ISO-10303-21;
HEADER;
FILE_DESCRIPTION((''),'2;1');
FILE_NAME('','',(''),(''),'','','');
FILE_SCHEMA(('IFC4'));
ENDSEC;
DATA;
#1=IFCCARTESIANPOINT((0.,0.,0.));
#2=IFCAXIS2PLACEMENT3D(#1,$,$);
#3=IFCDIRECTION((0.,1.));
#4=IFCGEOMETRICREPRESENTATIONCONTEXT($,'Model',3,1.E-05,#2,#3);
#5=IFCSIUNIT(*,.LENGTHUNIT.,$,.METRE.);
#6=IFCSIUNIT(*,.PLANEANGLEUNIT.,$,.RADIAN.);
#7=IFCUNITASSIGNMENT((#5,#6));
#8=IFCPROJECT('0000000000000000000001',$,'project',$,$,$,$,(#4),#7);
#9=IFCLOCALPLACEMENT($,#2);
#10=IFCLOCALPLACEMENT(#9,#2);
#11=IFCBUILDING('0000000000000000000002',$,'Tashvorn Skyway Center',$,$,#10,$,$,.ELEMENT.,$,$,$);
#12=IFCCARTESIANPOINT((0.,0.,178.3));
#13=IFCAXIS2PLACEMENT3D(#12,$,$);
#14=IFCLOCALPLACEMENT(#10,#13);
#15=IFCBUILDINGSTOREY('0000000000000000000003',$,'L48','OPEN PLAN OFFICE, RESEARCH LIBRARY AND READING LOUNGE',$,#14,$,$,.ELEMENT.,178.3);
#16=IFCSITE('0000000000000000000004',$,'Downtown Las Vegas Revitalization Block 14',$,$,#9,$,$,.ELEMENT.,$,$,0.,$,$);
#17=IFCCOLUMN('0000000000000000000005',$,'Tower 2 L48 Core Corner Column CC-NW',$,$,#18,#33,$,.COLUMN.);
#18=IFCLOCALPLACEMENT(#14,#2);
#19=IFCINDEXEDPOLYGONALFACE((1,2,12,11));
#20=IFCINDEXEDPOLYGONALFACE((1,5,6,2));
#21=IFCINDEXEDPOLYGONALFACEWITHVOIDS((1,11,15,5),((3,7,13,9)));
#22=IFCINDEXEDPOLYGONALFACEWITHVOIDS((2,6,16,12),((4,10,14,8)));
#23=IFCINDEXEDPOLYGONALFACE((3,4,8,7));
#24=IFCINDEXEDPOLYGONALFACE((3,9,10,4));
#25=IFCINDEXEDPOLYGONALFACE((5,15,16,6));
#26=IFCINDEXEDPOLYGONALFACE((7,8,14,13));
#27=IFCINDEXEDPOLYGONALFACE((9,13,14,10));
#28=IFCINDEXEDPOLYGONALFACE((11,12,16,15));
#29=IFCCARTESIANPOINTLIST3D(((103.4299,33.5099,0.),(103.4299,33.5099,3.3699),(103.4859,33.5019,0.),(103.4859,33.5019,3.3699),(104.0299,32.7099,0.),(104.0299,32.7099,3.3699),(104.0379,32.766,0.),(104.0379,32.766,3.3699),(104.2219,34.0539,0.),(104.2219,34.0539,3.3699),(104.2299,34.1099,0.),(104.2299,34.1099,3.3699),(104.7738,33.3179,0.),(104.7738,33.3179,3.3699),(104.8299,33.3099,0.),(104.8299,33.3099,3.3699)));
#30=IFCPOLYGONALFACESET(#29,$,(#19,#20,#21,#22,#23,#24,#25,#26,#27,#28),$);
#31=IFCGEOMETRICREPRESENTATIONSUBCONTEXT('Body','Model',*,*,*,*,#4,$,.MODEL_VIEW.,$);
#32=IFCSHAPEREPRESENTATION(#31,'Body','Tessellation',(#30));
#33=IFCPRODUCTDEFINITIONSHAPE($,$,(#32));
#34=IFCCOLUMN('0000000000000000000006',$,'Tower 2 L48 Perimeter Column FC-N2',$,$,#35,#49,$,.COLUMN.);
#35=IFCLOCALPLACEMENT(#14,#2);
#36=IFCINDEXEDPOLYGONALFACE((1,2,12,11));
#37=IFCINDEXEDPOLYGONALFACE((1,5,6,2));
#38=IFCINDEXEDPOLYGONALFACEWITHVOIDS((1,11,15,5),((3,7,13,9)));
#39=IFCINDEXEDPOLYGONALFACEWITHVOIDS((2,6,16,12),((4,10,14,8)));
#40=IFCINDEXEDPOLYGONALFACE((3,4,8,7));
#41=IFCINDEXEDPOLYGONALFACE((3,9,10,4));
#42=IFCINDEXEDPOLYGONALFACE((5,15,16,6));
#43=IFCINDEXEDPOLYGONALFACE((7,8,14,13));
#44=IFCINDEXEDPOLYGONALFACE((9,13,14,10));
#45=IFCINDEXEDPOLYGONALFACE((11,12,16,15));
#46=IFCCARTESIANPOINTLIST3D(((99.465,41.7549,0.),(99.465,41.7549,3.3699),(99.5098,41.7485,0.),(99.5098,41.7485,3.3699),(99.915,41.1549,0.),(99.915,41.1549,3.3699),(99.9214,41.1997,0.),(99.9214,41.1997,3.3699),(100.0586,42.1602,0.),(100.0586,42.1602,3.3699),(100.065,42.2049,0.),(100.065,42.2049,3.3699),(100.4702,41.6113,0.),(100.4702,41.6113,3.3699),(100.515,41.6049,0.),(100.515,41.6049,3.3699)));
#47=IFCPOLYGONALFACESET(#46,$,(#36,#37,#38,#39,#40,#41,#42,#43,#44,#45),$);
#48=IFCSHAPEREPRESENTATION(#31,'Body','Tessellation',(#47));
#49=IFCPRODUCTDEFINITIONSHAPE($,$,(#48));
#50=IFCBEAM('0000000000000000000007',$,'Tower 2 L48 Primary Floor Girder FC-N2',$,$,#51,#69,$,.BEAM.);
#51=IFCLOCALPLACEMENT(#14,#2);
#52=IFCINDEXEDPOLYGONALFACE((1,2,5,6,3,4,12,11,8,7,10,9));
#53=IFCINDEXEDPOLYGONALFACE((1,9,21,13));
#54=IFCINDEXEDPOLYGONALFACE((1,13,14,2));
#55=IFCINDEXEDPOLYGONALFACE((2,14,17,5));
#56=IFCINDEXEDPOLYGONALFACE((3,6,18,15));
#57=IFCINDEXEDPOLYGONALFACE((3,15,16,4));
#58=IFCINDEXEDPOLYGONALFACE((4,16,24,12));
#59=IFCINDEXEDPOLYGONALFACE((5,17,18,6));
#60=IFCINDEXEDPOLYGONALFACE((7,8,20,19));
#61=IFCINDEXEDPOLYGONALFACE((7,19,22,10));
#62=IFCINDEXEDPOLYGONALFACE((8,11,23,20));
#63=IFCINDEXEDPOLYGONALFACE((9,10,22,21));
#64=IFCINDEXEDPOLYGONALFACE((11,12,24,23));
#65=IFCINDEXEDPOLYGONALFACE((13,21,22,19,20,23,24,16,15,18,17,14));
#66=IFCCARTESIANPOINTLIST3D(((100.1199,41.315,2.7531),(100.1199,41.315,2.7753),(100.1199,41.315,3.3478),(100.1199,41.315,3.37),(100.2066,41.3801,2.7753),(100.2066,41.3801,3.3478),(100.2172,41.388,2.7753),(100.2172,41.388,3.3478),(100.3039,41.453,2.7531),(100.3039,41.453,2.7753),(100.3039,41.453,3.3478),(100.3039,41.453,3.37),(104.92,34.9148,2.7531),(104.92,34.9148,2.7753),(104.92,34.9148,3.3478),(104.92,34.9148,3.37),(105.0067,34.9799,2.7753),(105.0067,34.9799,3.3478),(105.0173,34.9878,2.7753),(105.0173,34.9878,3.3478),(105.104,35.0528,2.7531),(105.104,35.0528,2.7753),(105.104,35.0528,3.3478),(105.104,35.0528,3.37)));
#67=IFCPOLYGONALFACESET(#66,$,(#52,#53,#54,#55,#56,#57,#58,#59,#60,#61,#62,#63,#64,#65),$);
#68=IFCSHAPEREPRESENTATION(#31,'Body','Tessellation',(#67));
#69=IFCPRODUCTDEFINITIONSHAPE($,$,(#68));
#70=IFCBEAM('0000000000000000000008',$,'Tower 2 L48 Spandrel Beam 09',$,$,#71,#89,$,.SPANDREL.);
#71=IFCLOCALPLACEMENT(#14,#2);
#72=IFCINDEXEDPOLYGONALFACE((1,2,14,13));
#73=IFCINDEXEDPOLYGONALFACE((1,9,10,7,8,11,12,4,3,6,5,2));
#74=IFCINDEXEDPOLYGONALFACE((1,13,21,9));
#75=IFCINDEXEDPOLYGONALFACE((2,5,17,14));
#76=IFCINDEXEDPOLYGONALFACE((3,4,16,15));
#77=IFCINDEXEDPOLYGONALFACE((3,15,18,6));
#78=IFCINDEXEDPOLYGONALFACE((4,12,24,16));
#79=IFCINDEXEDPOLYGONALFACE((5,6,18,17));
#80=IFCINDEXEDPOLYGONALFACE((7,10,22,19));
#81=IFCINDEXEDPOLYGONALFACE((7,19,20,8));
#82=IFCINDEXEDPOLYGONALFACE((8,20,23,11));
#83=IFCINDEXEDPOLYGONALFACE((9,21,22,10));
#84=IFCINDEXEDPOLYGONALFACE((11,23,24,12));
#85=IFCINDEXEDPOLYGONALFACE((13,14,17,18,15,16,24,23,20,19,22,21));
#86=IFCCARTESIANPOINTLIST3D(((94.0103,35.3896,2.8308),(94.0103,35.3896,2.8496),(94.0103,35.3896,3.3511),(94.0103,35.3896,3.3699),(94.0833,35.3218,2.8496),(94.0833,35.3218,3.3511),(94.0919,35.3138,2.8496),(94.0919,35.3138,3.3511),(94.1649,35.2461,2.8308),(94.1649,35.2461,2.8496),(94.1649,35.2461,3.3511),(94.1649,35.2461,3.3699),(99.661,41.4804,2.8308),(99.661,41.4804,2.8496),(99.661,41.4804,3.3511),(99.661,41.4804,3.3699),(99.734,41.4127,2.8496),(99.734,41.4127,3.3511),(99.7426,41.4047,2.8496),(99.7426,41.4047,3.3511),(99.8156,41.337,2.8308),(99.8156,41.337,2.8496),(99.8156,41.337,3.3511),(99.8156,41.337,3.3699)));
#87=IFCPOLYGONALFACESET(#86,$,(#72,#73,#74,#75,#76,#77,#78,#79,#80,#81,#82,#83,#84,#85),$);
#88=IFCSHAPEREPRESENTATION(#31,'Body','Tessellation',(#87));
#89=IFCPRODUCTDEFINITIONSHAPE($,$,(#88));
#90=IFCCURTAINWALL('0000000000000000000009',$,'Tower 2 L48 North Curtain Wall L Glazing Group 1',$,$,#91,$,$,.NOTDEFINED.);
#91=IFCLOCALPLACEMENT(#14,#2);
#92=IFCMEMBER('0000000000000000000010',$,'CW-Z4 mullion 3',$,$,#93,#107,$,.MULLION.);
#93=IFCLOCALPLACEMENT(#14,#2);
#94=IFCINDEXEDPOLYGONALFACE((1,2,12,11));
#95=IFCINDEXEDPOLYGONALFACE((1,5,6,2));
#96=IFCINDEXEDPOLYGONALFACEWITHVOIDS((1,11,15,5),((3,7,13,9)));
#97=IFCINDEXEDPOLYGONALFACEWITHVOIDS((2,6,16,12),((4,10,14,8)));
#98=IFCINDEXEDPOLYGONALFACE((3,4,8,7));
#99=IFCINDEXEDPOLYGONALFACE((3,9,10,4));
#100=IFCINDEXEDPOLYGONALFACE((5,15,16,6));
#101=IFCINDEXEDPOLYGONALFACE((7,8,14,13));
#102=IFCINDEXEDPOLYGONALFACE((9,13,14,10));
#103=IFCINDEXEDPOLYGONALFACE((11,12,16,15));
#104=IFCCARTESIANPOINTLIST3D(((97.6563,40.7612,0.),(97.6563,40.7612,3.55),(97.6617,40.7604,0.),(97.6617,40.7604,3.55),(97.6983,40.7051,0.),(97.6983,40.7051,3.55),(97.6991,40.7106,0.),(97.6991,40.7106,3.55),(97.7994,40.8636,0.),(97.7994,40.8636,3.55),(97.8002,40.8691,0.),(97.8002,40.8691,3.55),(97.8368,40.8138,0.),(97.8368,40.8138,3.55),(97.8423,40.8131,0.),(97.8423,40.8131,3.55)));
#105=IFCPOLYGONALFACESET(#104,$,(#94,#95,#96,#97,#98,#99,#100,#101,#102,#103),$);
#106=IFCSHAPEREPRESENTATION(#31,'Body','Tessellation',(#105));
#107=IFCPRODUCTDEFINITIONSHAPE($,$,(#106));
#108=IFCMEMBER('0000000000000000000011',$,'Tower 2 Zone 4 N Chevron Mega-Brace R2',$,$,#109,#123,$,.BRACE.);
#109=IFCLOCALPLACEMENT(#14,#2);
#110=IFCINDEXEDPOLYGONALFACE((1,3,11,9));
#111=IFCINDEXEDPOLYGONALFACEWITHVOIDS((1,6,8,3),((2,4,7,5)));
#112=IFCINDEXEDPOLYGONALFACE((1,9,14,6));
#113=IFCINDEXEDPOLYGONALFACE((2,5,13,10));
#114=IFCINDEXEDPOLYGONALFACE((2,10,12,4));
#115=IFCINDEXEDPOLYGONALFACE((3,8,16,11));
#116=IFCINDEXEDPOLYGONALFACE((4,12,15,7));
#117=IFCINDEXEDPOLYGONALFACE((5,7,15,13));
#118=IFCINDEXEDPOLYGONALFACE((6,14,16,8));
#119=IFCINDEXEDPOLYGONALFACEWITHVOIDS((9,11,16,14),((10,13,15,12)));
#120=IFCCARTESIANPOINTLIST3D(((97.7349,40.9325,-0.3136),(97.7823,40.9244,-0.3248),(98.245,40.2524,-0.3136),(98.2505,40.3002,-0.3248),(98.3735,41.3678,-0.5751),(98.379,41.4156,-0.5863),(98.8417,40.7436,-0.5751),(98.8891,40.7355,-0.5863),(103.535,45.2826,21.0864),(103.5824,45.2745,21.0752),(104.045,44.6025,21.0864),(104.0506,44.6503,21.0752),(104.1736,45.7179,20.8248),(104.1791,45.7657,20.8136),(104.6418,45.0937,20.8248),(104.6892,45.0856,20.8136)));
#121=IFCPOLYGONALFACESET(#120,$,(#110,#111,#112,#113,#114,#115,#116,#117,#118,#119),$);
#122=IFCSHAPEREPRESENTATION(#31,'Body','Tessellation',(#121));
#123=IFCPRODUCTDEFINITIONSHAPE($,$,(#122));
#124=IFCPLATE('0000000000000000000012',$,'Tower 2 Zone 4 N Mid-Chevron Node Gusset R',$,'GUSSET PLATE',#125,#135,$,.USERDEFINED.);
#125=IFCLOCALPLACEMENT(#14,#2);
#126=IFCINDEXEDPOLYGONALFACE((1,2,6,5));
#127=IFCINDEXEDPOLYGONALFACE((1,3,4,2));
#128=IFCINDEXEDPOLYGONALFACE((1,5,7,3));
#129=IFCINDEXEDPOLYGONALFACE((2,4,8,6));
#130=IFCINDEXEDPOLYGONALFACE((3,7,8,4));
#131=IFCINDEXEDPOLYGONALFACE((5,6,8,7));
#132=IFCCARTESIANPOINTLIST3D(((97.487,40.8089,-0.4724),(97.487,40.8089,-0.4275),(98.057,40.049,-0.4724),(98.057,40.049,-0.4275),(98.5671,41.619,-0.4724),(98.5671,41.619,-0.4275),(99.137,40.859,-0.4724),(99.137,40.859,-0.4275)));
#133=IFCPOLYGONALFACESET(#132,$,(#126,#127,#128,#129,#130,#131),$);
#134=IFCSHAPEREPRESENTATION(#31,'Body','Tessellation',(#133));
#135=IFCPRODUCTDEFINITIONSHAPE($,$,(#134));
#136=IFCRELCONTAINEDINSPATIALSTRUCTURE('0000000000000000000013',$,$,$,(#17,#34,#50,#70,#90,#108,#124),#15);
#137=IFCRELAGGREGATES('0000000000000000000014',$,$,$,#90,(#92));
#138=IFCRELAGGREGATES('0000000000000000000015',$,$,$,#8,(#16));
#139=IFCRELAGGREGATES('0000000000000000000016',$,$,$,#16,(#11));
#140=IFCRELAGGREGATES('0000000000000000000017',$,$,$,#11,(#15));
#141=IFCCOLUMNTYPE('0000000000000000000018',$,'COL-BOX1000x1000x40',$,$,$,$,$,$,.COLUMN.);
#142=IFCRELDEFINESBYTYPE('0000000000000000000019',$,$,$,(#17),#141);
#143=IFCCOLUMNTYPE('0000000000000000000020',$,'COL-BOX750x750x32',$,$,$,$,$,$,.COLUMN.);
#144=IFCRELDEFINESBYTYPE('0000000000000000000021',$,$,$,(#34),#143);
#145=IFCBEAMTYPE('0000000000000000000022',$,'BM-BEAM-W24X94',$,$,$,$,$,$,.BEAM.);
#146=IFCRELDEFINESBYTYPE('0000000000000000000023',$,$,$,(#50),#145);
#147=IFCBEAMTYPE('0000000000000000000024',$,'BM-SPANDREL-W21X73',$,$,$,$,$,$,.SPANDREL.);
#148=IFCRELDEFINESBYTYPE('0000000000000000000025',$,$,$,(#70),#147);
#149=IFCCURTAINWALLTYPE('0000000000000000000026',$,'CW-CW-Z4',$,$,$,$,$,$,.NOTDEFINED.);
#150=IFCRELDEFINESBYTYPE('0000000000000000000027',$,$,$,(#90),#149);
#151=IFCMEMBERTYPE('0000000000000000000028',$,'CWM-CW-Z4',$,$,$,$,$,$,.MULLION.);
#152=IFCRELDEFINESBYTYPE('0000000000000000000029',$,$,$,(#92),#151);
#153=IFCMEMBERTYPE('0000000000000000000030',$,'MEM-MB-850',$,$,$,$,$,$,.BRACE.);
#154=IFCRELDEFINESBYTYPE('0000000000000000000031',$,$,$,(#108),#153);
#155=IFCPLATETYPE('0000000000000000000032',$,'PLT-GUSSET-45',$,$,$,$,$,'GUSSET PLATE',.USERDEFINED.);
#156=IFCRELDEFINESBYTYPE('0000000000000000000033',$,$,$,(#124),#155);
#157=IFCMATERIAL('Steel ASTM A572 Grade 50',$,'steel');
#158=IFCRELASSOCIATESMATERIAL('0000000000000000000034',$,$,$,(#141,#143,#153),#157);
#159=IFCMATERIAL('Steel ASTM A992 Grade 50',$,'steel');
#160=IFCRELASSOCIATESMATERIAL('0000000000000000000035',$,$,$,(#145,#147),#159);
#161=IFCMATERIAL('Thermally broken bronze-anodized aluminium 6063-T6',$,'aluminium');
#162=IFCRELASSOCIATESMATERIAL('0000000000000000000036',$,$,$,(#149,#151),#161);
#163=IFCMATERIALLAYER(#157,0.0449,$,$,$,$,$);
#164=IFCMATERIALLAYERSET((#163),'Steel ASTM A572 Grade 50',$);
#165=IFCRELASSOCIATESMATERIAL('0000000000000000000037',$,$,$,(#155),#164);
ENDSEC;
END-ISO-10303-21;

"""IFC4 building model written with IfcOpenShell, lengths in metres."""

from ifc_helpers import new_model, si_unit, direction, frame, origin, origin_2d, place, context, subcontext, project, spatial, rectangle, hollow_rectangle, i_section, extrude, material, layer, layer_set, material_profile, profile_set, type_object, element, aggregate, save


model = new_model("IFC4")

# Units and contexts
model_context = context("Model", 3, precision=1e-05, world=origin(), true_north=direction((0.0, 1.0)))
body_context = subcontext(model_context, "Body", "Model", "MODEL_VIEW")
ifc_project = project(units=[si_unit("LENGTHUNIT", "METRE"), si_unit("PLANEANGLEUNIT", "RADIAN")], contexts=[model_context])

# Site, building, storey
site_placement = place(None, origin())
site = spatial("IfcSite", under=ifc_project, at=site_placement, Name="Downtown Las Vegas Revitalization Block 14", CompositionType="ELEMENT", RefElevation=0.0)
building_placement = place(site_placement, origin())
building = spatial("IfcBuilding", under=site, at=building_placement, Name="Tashvorn Skyway Center", CompositionType="ELEMENT")
storey_placement = place(building_placement, frame((0.0, 0.0, 178.3)))
storey = spatial("IfcBuildingStorey", under=building, at=storey_placement, Name="L48", Description="OPEN PLAN OFFICE, RESEARCH LIBRARY AND READING LOUNGE", CompositionType="ELEMENT", Elevation=178.3)

# Columns
ifc_material_1 = material(Name="Steel ASTM A572 Grade 50", Category="steel")
ifc_material_profile_1 = material_profile(ifc_material_1, hollow_rectangle(XDim=1.0, YDim=1.0, WallThickness=0.04, at=origin_2d()), Name="BOX1000x1000x40")
ifc_profile_set_1 = profile_set([ifc_material_profile_1], Name="Steel ASTM A572 Grade 50")
column_type_1 = type_object("IfcColumnType", Name="COL-BOX1000x1000x40", PredefinedType="COLUMN", material=ifc_profile_set_1)
column_1_placement = place(storey_placement, frame((104.1299, 33.4099, 0.0), z_axis=(0.0, 0.0, 1.0), x_axis=(0.8, 0.6, 0.0)))
element("IfcColumn", 1, at=column_1_placement, inside=storey, type_object=column_type_1, Name="Tower 2 L48 Core Corner Column CC-NW", PredefinedType="COLUMN", context=body_context, shape_type="SweptSolid", body=[
    extrude(hollow_rectangle(XDim=1.0, YDim=1.0, WallThickness=0.04, at=origin_2d()), origin(), (0.0, 0.0, 1.0), 3.3699),
])
ifc_material_profile_2 = material_profile(ifc_material_1, hollow_rectangle(XDim=0.75, YDim=0.75, WallThickness=0.032, at=origin_2d()), Name="BOX750x750x32")
ifc_profile_set_2 = profile_set([ifc_material_profile_2], Name="Steel ASTM A572 Grade 50")
column_type_2 = type_object("IfcColumnType", Name="COL-BOX750x750x32", PredefinedType="COLUMN", material=ifc_profile_set_2)
column_2_placement = place(storey_placement, frame((99.99, 41.6799, 0.0), z_axis=(0.0, 0.0, 1.0), x_axis=(0.8, 0.6, 0.0)))
element("IfcColumn", 2, at=column_2_placement, inside=storey, type_object=column_type_2, Name="Tower 2 L48 Perimeter Column FC-N2", PredefinedType="COLUMN", context=body_context, shape_type="SweptSolid", body=[
    extrude(hollow_rectangle(XDim=0.75, YDim=0.75, WallThickness=0.032, at=origin_2d()), origin(), (0.0, 0.0, 1.0), 3.3699),
])

# Beams
ifc_material_2 = material(Name="Steel ASTM A992 Grade 50", Category="steel")
ifc_material_profile_3 = material_profile(ifc_material_2, i_section(OverallWidth=0.23, OverallDepth=0.6169, WebThickness=0.0132, FlangeThickness=0.0222, at=origin_2d()), Name="W24X94")
ifc_profile_set_3 = profile_set([ifc_material_profile_3], Name="Steel ASTM A992 Grade 50")
beam_type_1 = type_object("IfcBeamType", Name="BM-BEAM-W24X94", PredefinedType="BEAM", material=ifc_profile_set_3)
beam_1_placement = place(storey_placement, frame((100.2119, 41.384, 3.0615), z_axis=(0.599995, -0.800004, 0.0), x_axis=(0.800004, 0.599995, 0.0)))
element("IfcBeam", 3, at=beam_1_placement, inside=storey, type_object=beam_type_1, Name="Tower 2 L48 Primary Floor Girder FC-N2", PredefinedType="BEAM", context=body_context, shape_type="SweptSolid", body=[
    extrude(i_section(OverallWidth=0.23, OverallDepth=0.6169, WebThickness=0.0132, FlangeThickness=0.0222, at=origin_2d()), origin(), (0.0, 0.0, 1.0), 8.0002),
])
ifc_material_profile_4 = material_profile(ifc_material_2, i_section(OverallWidth=0.2109, OverallDepth=0.5391, WebThickness=0.0117, FlangeThickness=0.0188, at=origin_2d()), Name="W21X73")
ifc_profile_set_4 = profile_set([ifc_material_profile_4], Name="Steel ASTM A992 Grade 50")
beam_type_2 = type_object("IfcBeamType", Name="BM-SPANDREL-W21X73", PredefinedType="SPANDREL", material=ifc_profile_set_4)
beam_2_placement = place(storey_placement, frame((99.7383, 41.4087, 3.1003), z_axis=(-0.68012, -0.733101, 0.0), x_axis=(0.733101, -0.68012, 0.0)))
element("IfcBeam", 4, at=beam_2_placement, inside=storey, type_object=beam_type_2, Name="Tower 2 L48 Spandrel Beam 09", PredefinedType="SPANDREL", context=body_context, shape_type="SweptSolid", body=[
    extrude(i_section(OverallWidth=0.2109, OverallDepth=0.5391, WebThickness=0.0117, FlangeThickness=0.0188, at=origin_2d()), origin(), (0.0, 0.0, 1.0), 8.3083),
])

# Curtain wall, member
ifc_material_3 = material(Name="Thermally broken bronze-anodized aluminium 6063-T6", Category="aluminium")
curtain_wall_type = type_object("IfcCurtainWallType", Name="CW-CW-Z4", PredefinedType="NOTDEFINED", material=ifc_material_3)
curtain_wall_placement = place(storey_placement, origin())
curtain_wall = element("IfcCurtainWall", 5, at=curtain_wall_placement, inside=storey, type_object=curtain_wall_type, Name="Tower 2 L48 North Curtain Wall L Glazing Group 1", PredefinedType="NOTDEFINED")
ifc_material_profile_5 = material_profile(ifc_material_3, hollow_rectangle(XDim=0.0701, YDim=0.1799, WallThickness=0.0039, at=origin_2d()), Name="ALU-MULL-70x180")
ifc_profile_set_5 = profile_set([ifc_material_profile_5], Name="Thermally broken bronze-anodized aluminium 6063-T6")
member_type_1 = type_object("IfcMemberType", Name="CWM-CW-Z4", PredefinedType="MULLION", material=ifc_profile_set_5)
member_1_placement = place(storey_placement, frame((97.7493, 40.7871, 0.0), z_axis=(0.0, 0.0, 1.0), x_axis=(-0.600002, 0.799998, 0.0)))
member_1 = element("IfcMember", 6, at=member_1_placement, type_object=member_type_1, Name="CW-Z4 mullion 3", PredefinedType="MULLION", context=body_context, shape_type="SweptSolid", body=[
    extrude(hollow_rectangle(XDim=0.0701, YDim=0.1799, WallThickness=0.0039, at=origin_2d()), origin(), (0.0, 0.0, 1.0), 3.55),
])
aggregate(curtain_wall, [member_1])

# Member
ifc_material_profile_6 = material_profile(ifc_material_1, hollow_rectangle(XDim=0.8501, YDim=0.8501, WallThickness=0.0349, at=origin_2d()), Name="BOX850x850x35")
ifc_profile_set_6 = profile_set([ifc_material_profile_6], Name="Steel ASTM A572 Grade 50")
member_type_2 = type_object("IfcMemberType", Name="MEM-MB-850", PredefinedType="BRACE", material=ifc_profile_set_6)
member_2_placement = place(storey_placement, frame((98.312, 40.834, -0.45), z_axis=(0.2567, 0.192527, 0.947121), x_axis=(-0.600005, 0.799996, 0.0)))
element("IfcMember", 7, at=member_2_placement, inside=storey, type_object=member_type_2, Name="Tower 2 Zone 4 N Chevron Mega-Brace R2", PredefinedType="BRACE", context=body_context, shape_type="SweptSolid", body=[
    extrude(hollow_rectangle(XDim=0.8501, YDim=0.8501, WallThickness=0.0349, at=origin_2d()), origin(), (0.0, 0.0, 1.0), 22.5947),
])

# Plate
ifc_layer_1 = layer(ifc_material_1, 0.0449)
ifc_layer_set_1 = layer_set([ifc_layer_1], Name="Steel ASTM A572 Grade 50")
plate_type = type_object("IfcPlateType", Name="PLT-GUSSET-45", ElementType="GUSSET PLATE", PredefinedType="USERDEFINED", material=ifc_layer_set_1)
plate_placement = place(storey_placement, frame((98.312, 40.834, -0.4724), z_axis=(0.0, 0.0, 1.0), x_axis=(-0.8, -0.6, 0.0)))
element("IfcPlate", 8, at=plate_placement, inside=storey, type_object=plate_type, Name="Tower 2 Zone 4 N Mid-Chevron Node Gusset R", ObjectType="GUSSET PLATE", PredefinedType="USERDEFINED", context=body_context, shape_type="SweptSolid", body=[
    extrude(rectangle(XDim=1.3501, YDim=0.95, at=origin_2d()), origin(), (0.0, 0.0, 1.0), 0.0449),
])

save(model, "model.ifc")
